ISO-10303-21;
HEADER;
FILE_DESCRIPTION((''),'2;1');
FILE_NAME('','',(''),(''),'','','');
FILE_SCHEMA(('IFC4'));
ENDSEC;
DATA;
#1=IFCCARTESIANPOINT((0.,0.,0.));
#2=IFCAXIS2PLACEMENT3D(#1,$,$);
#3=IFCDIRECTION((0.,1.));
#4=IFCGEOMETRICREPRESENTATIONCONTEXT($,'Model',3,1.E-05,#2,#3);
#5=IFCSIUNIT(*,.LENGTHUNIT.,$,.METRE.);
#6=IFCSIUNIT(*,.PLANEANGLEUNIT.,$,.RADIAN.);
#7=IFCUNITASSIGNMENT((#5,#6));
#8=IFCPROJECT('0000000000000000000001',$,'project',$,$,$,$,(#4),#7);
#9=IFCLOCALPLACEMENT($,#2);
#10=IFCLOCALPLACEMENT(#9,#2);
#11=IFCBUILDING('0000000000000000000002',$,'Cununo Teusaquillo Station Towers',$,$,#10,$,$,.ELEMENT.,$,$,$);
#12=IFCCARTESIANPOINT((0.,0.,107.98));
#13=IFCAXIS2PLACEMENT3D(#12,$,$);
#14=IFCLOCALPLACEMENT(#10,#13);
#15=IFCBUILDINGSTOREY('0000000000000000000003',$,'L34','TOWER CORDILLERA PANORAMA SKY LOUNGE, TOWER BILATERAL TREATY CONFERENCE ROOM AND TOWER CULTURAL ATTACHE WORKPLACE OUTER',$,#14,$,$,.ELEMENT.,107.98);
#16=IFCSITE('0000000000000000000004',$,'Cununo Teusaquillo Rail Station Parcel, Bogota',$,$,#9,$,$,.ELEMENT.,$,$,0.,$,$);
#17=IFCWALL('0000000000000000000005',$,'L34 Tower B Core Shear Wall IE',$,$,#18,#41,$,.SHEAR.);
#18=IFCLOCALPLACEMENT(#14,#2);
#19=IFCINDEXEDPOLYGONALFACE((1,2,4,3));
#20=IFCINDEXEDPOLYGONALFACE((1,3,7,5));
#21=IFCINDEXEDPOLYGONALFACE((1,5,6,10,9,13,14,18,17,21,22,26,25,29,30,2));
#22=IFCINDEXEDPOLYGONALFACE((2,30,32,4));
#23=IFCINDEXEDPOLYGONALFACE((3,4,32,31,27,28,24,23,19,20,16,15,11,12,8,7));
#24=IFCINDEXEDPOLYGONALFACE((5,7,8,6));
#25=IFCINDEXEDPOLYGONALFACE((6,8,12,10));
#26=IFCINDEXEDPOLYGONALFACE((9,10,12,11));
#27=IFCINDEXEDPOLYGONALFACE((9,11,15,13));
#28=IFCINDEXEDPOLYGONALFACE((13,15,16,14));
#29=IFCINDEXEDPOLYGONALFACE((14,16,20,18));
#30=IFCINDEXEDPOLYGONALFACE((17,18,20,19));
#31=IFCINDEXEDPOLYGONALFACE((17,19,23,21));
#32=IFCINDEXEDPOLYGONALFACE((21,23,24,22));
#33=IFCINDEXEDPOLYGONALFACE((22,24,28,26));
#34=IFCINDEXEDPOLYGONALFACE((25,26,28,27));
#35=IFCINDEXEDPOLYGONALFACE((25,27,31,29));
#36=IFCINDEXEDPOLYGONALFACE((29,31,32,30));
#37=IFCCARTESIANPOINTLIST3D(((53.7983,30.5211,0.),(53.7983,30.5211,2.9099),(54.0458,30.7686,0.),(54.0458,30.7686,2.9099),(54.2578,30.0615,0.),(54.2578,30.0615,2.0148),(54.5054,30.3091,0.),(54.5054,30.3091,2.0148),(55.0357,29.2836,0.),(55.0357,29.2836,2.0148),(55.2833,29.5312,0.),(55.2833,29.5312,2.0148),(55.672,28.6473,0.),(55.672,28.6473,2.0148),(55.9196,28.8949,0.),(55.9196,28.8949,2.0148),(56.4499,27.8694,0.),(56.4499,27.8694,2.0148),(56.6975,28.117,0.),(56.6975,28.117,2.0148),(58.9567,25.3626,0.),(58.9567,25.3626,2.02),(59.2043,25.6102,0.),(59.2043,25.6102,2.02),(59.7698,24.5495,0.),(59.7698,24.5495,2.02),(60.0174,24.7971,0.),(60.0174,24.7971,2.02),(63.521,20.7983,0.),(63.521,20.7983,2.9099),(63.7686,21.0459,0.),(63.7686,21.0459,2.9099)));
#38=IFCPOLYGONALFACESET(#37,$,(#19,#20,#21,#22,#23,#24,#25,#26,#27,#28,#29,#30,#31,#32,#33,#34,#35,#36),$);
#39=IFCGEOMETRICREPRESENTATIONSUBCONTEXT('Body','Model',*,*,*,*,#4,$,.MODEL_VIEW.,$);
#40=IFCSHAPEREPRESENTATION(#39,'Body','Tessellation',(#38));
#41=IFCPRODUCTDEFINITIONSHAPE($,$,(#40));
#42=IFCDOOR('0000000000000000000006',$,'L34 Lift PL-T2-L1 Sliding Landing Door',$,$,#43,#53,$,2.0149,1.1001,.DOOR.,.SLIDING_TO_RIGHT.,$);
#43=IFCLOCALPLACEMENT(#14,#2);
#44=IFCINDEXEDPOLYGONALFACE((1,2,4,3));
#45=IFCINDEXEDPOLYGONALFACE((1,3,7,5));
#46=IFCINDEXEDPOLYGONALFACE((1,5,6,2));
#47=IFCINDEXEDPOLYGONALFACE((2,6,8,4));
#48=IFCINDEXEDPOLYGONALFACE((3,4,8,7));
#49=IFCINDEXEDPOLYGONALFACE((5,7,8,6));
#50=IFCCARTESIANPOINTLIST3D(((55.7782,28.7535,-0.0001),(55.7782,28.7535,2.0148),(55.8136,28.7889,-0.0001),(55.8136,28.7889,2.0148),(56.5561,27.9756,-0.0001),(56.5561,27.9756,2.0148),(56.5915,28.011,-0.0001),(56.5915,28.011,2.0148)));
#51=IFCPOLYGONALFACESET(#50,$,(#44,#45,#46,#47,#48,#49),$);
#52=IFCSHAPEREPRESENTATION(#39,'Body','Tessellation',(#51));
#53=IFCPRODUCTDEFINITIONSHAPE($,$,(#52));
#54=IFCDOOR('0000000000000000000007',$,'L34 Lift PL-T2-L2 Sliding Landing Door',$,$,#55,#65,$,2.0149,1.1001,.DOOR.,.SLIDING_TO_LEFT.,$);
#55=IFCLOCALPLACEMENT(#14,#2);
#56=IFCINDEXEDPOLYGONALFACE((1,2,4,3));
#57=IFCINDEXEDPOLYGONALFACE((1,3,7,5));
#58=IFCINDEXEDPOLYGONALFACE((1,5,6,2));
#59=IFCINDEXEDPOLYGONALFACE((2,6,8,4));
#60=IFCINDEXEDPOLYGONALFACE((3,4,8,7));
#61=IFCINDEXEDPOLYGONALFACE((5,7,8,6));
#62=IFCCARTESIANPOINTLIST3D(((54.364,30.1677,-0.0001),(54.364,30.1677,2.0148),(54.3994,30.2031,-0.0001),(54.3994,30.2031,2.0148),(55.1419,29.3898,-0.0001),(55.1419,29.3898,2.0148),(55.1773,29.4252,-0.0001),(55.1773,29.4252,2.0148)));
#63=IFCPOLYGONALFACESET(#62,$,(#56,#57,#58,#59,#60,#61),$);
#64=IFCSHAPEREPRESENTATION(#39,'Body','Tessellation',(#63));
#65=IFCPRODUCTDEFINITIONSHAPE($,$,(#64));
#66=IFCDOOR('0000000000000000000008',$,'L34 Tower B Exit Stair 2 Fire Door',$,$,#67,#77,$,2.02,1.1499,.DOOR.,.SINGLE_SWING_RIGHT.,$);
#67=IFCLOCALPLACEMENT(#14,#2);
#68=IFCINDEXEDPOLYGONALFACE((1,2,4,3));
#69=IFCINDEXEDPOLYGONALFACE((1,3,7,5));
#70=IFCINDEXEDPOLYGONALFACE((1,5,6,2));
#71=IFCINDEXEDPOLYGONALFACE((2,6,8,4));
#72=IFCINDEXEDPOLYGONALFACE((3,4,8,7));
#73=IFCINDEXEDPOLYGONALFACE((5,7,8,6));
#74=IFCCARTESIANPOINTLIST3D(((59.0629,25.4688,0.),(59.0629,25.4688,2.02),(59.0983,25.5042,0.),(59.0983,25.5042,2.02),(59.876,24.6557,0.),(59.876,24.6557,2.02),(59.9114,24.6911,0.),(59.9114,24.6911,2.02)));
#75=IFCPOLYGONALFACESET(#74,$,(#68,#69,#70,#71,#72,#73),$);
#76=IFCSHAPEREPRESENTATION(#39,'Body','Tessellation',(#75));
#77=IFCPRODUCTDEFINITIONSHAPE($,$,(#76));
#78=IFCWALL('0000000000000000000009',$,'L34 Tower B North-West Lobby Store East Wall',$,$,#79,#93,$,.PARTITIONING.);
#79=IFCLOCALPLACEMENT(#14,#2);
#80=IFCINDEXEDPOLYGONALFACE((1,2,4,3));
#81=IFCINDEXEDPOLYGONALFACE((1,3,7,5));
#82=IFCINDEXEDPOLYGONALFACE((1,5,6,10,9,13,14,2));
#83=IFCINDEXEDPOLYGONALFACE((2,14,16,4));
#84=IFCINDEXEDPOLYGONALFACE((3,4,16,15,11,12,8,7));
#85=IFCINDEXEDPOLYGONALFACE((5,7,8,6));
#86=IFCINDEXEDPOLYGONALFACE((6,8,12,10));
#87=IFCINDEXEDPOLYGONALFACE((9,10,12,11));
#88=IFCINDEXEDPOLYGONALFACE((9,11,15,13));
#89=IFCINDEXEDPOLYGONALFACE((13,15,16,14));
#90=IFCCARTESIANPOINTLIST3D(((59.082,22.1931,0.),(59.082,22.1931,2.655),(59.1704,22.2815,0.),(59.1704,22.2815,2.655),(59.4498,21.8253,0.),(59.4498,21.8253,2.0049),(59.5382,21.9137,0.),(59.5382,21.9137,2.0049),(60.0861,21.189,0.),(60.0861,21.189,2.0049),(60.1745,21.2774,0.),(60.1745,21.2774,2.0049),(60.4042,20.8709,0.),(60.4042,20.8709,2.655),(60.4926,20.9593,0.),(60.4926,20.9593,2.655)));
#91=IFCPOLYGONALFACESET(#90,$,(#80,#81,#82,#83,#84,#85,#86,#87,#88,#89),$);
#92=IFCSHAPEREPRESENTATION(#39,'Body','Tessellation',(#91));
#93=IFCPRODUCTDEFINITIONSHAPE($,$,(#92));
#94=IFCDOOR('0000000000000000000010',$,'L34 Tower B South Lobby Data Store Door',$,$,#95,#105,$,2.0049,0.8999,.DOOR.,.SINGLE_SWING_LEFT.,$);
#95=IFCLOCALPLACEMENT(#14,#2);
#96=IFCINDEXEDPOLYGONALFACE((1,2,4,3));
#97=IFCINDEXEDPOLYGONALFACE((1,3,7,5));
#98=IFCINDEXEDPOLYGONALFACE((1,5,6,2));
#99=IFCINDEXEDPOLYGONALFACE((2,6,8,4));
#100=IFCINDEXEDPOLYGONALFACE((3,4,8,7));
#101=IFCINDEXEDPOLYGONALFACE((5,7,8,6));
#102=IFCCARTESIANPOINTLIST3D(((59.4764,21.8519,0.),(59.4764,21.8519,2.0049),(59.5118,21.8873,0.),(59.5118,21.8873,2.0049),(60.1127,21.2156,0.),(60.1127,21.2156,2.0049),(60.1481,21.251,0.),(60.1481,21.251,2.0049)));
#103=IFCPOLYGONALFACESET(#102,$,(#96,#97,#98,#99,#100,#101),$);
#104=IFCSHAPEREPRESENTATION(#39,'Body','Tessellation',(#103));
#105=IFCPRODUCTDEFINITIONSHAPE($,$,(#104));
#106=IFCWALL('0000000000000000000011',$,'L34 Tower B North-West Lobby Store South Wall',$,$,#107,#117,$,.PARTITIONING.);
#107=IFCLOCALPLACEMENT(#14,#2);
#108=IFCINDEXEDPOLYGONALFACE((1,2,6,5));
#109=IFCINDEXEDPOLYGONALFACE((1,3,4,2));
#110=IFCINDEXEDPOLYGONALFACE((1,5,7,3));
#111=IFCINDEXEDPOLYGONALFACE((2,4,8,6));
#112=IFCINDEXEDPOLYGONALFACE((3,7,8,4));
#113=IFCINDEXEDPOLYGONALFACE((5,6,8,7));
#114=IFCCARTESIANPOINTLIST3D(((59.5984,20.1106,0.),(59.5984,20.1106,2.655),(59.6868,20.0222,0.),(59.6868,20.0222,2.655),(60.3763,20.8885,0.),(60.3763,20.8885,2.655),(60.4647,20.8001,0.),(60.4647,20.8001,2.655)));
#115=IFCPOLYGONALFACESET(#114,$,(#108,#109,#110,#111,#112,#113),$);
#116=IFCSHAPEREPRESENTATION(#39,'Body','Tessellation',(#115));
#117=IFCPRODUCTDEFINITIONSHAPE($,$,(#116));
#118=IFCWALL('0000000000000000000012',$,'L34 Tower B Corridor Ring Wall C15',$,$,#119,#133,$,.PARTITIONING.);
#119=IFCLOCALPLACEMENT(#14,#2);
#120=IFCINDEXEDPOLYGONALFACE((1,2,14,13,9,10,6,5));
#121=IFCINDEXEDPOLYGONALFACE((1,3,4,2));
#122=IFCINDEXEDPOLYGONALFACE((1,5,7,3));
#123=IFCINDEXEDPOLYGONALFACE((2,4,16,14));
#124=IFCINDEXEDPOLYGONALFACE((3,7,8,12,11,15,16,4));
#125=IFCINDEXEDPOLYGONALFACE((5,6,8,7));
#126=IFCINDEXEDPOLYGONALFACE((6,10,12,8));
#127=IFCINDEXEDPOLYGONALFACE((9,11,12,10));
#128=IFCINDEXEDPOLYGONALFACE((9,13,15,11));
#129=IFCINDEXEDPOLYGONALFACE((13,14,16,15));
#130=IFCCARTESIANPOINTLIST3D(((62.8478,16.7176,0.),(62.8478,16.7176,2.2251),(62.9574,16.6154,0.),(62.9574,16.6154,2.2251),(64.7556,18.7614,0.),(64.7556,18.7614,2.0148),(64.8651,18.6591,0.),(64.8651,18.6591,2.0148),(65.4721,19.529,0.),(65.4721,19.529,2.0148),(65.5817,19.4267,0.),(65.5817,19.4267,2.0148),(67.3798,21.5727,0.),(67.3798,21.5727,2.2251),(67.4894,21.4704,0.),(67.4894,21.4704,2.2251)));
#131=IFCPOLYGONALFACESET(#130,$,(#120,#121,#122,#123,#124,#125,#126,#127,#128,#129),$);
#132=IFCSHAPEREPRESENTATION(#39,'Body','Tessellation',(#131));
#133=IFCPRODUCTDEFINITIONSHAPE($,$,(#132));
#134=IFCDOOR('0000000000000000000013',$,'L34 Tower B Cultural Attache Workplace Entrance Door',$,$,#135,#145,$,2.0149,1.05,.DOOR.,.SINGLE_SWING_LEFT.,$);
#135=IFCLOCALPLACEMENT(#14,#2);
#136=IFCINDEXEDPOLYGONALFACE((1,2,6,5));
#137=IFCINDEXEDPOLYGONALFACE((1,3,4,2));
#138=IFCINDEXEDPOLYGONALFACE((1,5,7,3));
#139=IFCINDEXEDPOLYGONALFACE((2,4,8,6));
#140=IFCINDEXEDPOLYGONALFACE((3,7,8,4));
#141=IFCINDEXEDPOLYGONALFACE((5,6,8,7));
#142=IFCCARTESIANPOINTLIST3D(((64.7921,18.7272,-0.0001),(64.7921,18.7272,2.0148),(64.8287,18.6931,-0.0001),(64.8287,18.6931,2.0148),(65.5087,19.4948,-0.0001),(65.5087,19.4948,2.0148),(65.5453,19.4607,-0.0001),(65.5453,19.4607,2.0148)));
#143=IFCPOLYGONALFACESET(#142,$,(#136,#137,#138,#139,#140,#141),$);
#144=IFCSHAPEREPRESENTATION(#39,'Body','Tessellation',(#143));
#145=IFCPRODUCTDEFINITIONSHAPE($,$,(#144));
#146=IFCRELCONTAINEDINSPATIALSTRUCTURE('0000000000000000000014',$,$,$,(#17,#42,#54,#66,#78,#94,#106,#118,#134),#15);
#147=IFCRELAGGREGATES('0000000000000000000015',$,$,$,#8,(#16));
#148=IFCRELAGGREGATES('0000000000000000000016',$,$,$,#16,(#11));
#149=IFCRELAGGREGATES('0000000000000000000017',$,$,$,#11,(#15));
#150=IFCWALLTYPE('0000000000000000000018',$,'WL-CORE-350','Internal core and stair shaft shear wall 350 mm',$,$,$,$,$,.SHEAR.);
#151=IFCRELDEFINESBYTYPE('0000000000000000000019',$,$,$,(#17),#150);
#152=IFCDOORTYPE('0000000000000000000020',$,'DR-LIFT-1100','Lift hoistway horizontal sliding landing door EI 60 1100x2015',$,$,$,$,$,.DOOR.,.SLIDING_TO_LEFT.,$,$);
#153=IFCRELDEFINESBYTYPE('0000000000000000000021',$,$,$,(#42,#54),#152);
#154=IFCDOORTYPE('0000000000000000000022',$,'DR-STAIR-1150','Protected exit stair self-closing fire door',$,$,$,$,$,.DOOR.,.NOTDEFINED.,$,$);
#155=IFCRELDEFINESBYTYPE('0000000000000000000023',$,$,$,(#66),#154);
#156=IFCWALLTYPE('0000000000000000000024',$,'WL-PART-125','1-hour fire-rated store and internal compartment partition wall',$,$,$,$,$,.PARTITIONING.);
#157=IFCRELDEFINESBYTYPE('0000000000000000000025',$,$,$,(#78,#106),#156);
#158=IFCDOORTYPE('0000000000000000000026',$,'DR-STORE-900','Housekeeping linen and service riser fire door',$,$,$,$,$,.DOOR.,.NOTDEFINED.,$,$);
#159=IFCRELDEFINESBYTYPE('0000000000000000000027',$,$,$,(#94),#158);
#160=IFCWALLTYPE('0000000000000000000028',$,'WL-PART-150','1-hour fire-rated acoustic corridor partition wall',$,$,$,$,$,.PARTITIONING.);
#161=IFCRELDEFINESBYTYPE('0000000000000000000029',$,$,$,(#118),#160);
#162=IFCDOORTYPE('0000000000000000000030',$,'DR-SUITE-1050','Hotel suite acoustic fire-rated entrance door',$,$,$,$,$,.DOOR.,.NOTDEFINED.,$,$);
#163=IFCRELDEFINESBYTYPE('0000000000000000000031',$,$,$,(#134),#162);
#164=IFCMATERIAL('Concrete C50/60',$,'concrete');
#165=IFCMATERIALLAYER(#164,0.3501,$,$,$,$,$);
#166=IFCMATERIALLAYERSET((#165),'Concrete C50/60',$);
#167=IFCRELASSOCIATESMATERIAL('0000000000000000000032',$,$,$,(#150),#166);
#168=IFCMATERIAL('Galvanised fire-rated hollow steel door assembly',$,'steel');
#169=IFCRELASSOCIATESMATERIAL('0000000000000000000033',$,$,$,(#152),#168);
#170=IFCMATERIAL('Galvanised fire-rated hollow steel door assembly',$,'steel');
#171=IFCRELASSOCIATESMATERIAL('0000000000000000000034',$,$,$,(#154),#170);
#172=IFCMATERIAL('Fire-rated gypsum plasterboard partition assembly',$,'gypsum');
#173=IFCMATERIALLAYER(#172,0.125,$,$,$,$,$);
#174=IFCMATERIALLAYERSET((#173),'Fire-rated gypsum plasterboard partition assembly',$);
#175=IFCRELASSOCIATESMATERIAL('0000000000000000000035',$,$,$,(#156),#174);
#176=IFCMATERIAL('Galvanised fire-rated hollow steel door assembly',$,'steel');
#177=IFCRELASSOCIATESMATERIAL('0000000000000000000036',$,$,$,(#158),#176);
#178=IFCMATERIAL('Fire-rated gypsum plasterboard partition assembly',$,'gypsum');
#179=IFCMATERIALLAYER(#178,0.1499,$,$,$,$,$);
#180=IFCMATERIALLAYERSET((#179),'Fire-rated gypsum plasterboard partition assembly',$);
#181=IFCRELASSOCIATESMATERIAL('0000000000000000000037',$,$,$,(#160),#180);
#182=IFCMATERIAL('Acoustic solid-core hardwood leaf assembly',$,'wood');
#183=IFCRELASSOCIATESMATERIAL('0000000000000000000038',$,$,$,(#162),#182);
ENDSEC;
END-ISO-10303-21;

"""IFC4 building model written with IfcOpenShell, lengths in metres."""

from ifc_helpers import new_model, si_unit, direction, frame, frame_2d, origin, place, context, subcontext, project, spatial, rectangle, extrude, source, transform, mapped, material, layer, layer_set, type_object, element, fill, save


model = new_model("IFC4")

# Units and contexts
model_context = context("Model", 3, precision=1e-05, world=origin(), true_north=direction((0.0, 1.0)))
body_context = subcontext(model_context, "Body", "Model", "MODEL_VIEW")
ifc_project = project(units=[si_unit("LENGTHUNIT", "METRE"), si_unit("PLANEANGLEUNIT", "RADIAN")], contexts=[model_context])

# Site, building, storey
site_placement = place(None, origin())
site = spatial("IfcSite", under=ifc_project, at=site_placement, Name="Cununo Teusaquillo Rail Station Parcel, Bogota", CompositionType="ELEMENT", RefElevation=0.0)
building_placement = place(site_placement, origin())
building = spatial("IfcBuilding", under=site, at=building_placement, Name="Cununo Teusaquillo Station Towers", CompositionType="ELEMENT")
storey_placement = place(building_placement, frame((0.0, 0.0, 107.98)))
storey = spatial("IfcBuildingStorey", under=building, at=storey_placement, Name="L34", Description="TOWER CORDILLERA PANORAMA SKY LOUNGE, TOWER BILATERAL TREATY CONFERENCE ROOM AND TOWER CULTURAL ATTACHE WORKPLACE OUTER", CompositionType="ELEMENT", Elevation=107.98)

# Wall, openings, doors
ifc_material_1 = material(Name="Concrete C50/60", Category="concrete")
ifc_layer_1 = layer(ifc_material_1, 0.3501)
ifc_layer_set_1 = layer_set([ifc_layer_1], Name="Concrete C50/60")
wall_type_1 = type_object("IfcWallType", Name="WL-CORE-350", Description="Internal core and stair shaft shear wall 350 mm", PredefinedType="SHEAR", material=ifc_layer_set_1)
shared_shape_1 = source(origin(), body_context, "Body", "SweptSolid", [
    extrude(rectangle(XDim=1.1001, YDim=2.0149, at=frame_2d((0.55, 1.0073))), frame((0.0, 0.1851, 0.0), z_axis=(0.0, -1.0, 0.0), x_axis=(1.0, 0.0, 0.0)), (0.0, 0.0, 1.0), 0.3701),
])
shared_shape_2 = source(origin(), body_context, "Body", "SweptSolid", [
    extrude(rectangle(XDim=1.1499, YDim=2.02, at=frame_2d((0.575, 1.01))), frame((0.0, 0.1851, 0.0), z_axis=(0.0, -1.0, 0.0), x_axis=(1.0, 0.0, 0.0)), (0.0, 0.0, 1.0), 0.3701),
])
ifc_material_2 = material(Name="Galvanised fire-rated hollow steel door assembly", Category="steel")
door_type_1 = type_object("IfcDoorType", Name="DR-LIFT-1100", Description="Lift hoistway horizontal sliding landing door EI 60 1100x2015", OperationType="SLIDING_TO_LEFT", PredefinedType="DOOR", material=ifc_material_2)
shared_shape_3 = source(origin(), body_context, "Body", "SweptSolid", [
    extrude(rectangle(XDim=1.1001, YDim=2.0149, at=frame_2d((0.55, 1.0073))), frame((0.0, 0.0249, 0.0), z_axis=(0.0, -1.0, 0.0), x_axis=(1.0, 0.0, 0.0)), (0.0, 0.0, 1.0), 0.05),
])
ifc_material_3 = material(Name="Galvanised fire-rated hollow steel door assembly", Category="steel")
door_type_2 = type_object("IfcDoorType", Name="DR-STAIR-1150", Description="Protected exit stair self-closing fire door", OperationType="NOTDEFINED", PredefinedType="DOOR", material=ifc_material_3)
shared_shape_4 = source(origin(), body_context, "Body", "SweptSolid", [
    extrude(rectangle(XDim=1.1499, YDim=2.02, at=frame_2d((0.575, 1.01))), frame((0.0, 0.0249, 0.0), z_axis=(0.0, -1.0, 0.0), x_axis=(1.0, 0.0, 0.0)), (0.0, 0.0, 1.0), 0.05),
])
wall_1_placement = place(storey_placement, frame((63.6448, 20.9221, 0.0), z_axis=(0.0, 0.0, 1.0), x_axis=(-0.707107, 0.707107, 0.0)))
wall_1 = element("IfcWall", 1, at=wall_1_placement, inside=storey, type_object=wall_type_1, Name="L34 Tower B Core Shear Wall IE", PredefinedType="SHEAR", context=body_context, shape_type="SweptSolid", body=[
    extrude(rectangle(XDim=13.75, YDim=0.3501, at=frame_2d((6.875, 0.0))), origin(), (0.0, 0.0, 1.0), 2.9099),
])
opening_1_placement = place(wall_1_placement, frame((10.0, 0.0, 0.0)))
opening_1 = element("IfcOpeningElement", 2, at=opening_1_placement, cuts=wall_1, PredefinedType="OPENING", context=body_context, shape_type="MappedRepresentation", body=[
    mapped(shared_shape_1, transform((0.0, 0.0, 0.0), x_axis=(1.0, 0.0, 0.0), y_axis=(0.0, 1.0, 0.0), z_axis=(0.0, 0.0, 1.0), scale=1.0)),
])
opening_2_placement = place(wall_1_placement, frame((12.0, 0.0, 0.0)))
opening_2 = element("IfcOpeningElement", 3, at=opening_2_placement, cuts=wall_1, PredefinedType="OPENING", context=body_context, shape_type="MappedRepresentation", body=[
    mapped(shared_shape_1, transform((0.0, 0.0, 0.0), x_axis=(1.0, 0.0, 0.0), y_axis=(0.0, 1.0, 0.0), z_axis=(0.0, 0.0, 1.0), scale=1.0)),
])
opening_3_placement = place(wall_1_placement, frame((5.3049, 0.0, 0.0)))
opening_3 = element("IfcOpeningElement", 4, at=opening_3_placement, cuts=wall_1, PredefinedType="OPENING", context=body_context, shape_type="MappedRepresentation", body=[
    mapped(shared_shape_2, transform((0.0, 0.0, 0.0), x_axis=(1.0, 0.0, 0.0), y_axis=(0.0, 1.0, 0.0), z_axis=(0.0, 0.0, 1.0), scale=1.0)),
])
door_1_placement = place(opening_1_placement, origin())
door_1 = element("IfcDoor", 5, at=door_1_placement, inside=storey, type_object=door_type_1, Name="L34 Lift PL-T2-L1 Sliding Landing Door", OperationType="SLIDING_TO_RIGHT", OverallHeight=2.0149, OverallWidth=1.1001, PredefinedType="DOOR", context=body_context, shape_type="MappedRepresentation", body=[
    mapped(shared_shape_3, transform((0.0, 0.0, 0.0), x_axis=(1.0, 0.0, 0.0), y_axis=(0.0, 1.0, 0.0), z_axis=(0.0, 0.0, 1.0), scale=1.0)),
])
fill(opening_1, door_1)
door_2_placement = place(opening_2_placement, origin())
door_2 = element("IfcDoor", 6, at=door_2_placement, inside=storey, type_object=door_type_1, Name="L34 Lift PL-T2-L2 Sliding Landing Door", OperationType="SLIDING_TO_LEFT", OverallHeight=2.0149, OverallWidth=1.1001, PredefinedType="DOOR", context=body_context, shape_type="MappedRepresentation", body=[
    mapped(shared_shape_3, transform((0.0, 0.0, 0.0), x_axis=(1.0, 0.0, 0.0), y_axis=(0.0, 1.0, 0.0), z_axis=(0.0, 0.0, 1.0), scale=1.0)),
])
fill(opening_2, door_2)
door_3_placement = place(opening_3_placement, origin())
door_3 = element("IfcDoor", 7, at=door_3_placement, inside=storey, type_object=door_type_2, Name="L34 Tower B Exit Stair 2 Fire Door", OperationType="SINGLE_SWING_RIGHT", OverallHeight=2.02, OverallWidth=1.1499, PredefinedType="DOOR", context=body_context, shape_type="MappedRepresentation", body=[
    mapped(shared_shape_4, transform((0.0, 0.0, 0.0), x_axis=(1.0, 0.0, 0.0), y_axis=(0.0, 1.0, 0.0), z_axis=(0.0, 0.0, 1.0), scale=1.0)),
])
fill(opening_3, door_3)

# Wall, opening, door
ifc_material_4 = material(Name="Fire-rated gypsum plasterboard partition assembly", Category="gypsum")
ifc_layer_2 = layer(ifc_material_4, 0.125)
ifc_layer_set_2 = layer_set([ifc_layer_2], Name="Fire-rated gypsum plasterboard partition assembly")
wall_type_2 = type_object("IfcWallType", Name="WL-PART-125", Description="1-hour fire-rated store and internal compartment partition wall", PredefinedType="PARTITIONING", material=ifc_layer_set_2)
wall_2_placement = place(storey_placement, frame((60.4485, 20.915, 0.0), z_axis=(0.0, 0.0, 1.0), x_axis=(-0.707107, 0.707107, 0.0)))
wall_2 = element("IfcWall", 8, at=wall_2_placement, inside=storey, type_object=wall_type_2, Name="L34 Tower B North-West Lobby Store East Wall", PredefinedType="PARTITIONING", context=body_context, shape_type="SweptSolid", body=[
    extrude(rectangle(XDim=1.8699, YDim=0.125, at=frame_2d((0.9351, 0.0))), origin(), (0.0, 0.0, 1.0), 2.655),
])
shared_shape_5 = source(origin(), body_context, "Body", "SweptSolid", [
    extrude(rectangle(XDim=0.8999, YDim=2.0049, at=frame_2d((0.45, 1.0024))), frame((0.0, 0.0725, 0.0), z_axis=(0.0, -1.0, 0.0), x_axis=(1.0, 0.0, 0.0)), (0.0, 0.0, 1.0), 0.145),
])
opening_4_placement = place(wall_2_placement, frame((0.45, 0.0, 0.0)))
opening_4 = element("IfcOpeningElement", 9, at=opening_4_placement, cuts=wall_2, PredefinedType="OPENING", context=body_context, shape_type="MappedRepresentation", body=[
    mapped(shared_shape_5, transform((0.0, 0.0, 0.0), x_axis=(1.0, 0.0, 0.0), y_axis=(0.0, 1.0, 0.0), z_axis=(0.0, 0.0, 1.0), scale=1.0)),
])
ifc_material_5 = material(Name="Galvanised fire-rated hollow steel door assembly", Category="steel")
door_type_3 = type_object("IfcDoorType", Name="DR-STORE-900", Description="Housekeeping linen and service riser fire door", OperationType="NOTDEFINED", PredefinedType="DOOR", material=ifc_material_5)
shared_shape_6 = source(origin(), body_context, "Body", "SweptSolid", [
    extrude(rectangle(XDim=0.8999, YDim=2.0049, at=frame_2d((0.45, 1.0024))), frame((0.0, 0.0249, 0.0), z_axis=(0.0, -1.0, 0.0), x_axis=(1.0, 0.0, 0.0)), (0.0, 0.0, 1.0), 0.05),
])
door_4_placement = place(opening_4_placement, origin())
door_4 = element("IfcDoor", 10, at=door_4_placement, inside=storey, type_object=door_type_3, Name="L34 Tower B South Lobby Data Store Door", OperationType="SINGLE_SWING_LEFT", OverallHeight=2.0049, OverallWidth=0.8999, PredefinedType="DOOR", context=body_context, shape_type="MappedRepresentation", body=[
    mapped(shared_shape_6, transform((0.0, 0.0, 0.0), x_axis=(1.0, 0.0, 0.0), y_axis=(0.0, 1.0, 0.0), z_axis=(0.0, 0.0, 1.0), scale=1.0)),
])
fill(opening_4, door_4)

# Wall
wall_3_placement = place(storey_placement, frame((59.6426, 20.0664, 0.0), z_axis=(0.0, 0.0, 1.0), x_axis=(0.707107, 0.707107, 0.0)))
element("IfcWall", 11, at=wall_3_placement, inside=storey, type_object=wall_type_2, Name="L34 Tower B North-West Lobby Store South Wall", PredefinedType="PARTITIONING", context=body_context, shape_type="SweptSolid", body=[
    extrude(rectangle(XDim=1.1001, YDim=0.125, at=frame_2d((0.55, 0.0))), origin(), (0.0, 0.0, 1.0), 2.655),
])

# Wall, opening, door
ifc_material_6 = material(Name="Fire-rated gypsum plasterboard partition assembly", Category="gypsum")
ifc_layer_3 = layer(ifc_material_6, 0.1499)
ifc_layer_set_3 = layer_set([ifc_layer_3], Name="Fire-rated gypsum plasterboard partition assembly")
wall_type_3 = type_object("IfcWallType", Name="WL-PART-150", Description="1-hour fire-rated acoustic corridor partition wall", PredefinedType="PARTITIONING", material=ifc_layer_set_3)
wall_4_placement = place(storey_placement, frame((62.9026, 16.6665, 0.0), z_axis=(0.0, 0.0, 1.0), x_axis=(0.682372, 0.731005, 0.0)))
wall_4 = element("IfcWall", 12, at=wall_4_placement, inside=storey, type_object=wall_type_3, Name="L34 Tower B Corridor Ring Wall C15", PredefinedType="PARTITIONING", context=body_context, shape_type="SweptSolid", body=[
    extrude(rectangle(XDim=6.6416, YDim=0.1499, at=frame_2d((3.3208, 0.0))), origin(), (0.0, 0.0, 1.0), 2.2251),
])
shared_shape_7 = source(origin(), body_context, "Body", "SweptSolid", [
    extrude(rectangle(XDim=1.05, YDim=2.0149, at=frame_2d((0.5249, 1.0073))), frame((0.0, 0.085, 0.0), z_axis=(0.0, -1.0, 0.0), x_axis=(1.0, 0.0, 0.0)), (0.0, 0.0, 1.0), 0.1699),
])
opening_5_placement = place(wall_4_placement, frame((2.7959, 0.0, 0.0)))
opening_5 = element("IfcOpeningElement", 13, at=opening_5_placement, cuts=wall_4, PredefinedType="OPENING", context=body_context, shape_type="MappedRepresentation", body=[
    mapped(shared_shape_7, transform((0.0, 0.0, 0.0), x_axis=(1.0, 0.0, 0.0), y_axis=(0.0, 1.0, 0.0), z_axis=(0.0, 0.0, 1.0), scale=1.0)),
])
ifc_material_7 = material(Name="Acoustic solid-core hardwood leaf assembly", Category="wood")
door_type_4 = type_object("IfcDoorType", Name="DR-SUITE-1050", Description="Hotel suite acoustic fire-rated entrance door", OperationType="NOTDEFINED", PredefinedType="DOOR", material=ifc_material_7)
shared_shape_8 = source(origin(), body_context, "Body", "SweptSolid", [
    extrude(rectangle(XDim=1.05, YDim=2.0149, at=frame_2d((0.5249, 1.0073))), frame((0.0, 0.0249, 0.0), z_axis=(0.0, -1.0, 0.0), x_axis=(1.0, 0.0, 0.0)), (0.0, 0.0, 1.0), 0.05),
])
door_5_placement = place(opening_5_placement, origin())
door_5 = element("IfcDoor", 14, at=door_5_placement, inside=storey, type_object=door_type_4, Name="L34 Tower B Cultural Attache Workplace Entrance Door", OperationType="SINGLE_SWING_LEFT", OverallHeight=2.0149, OverallWidth=1.05, PredefinedType="DOOR", context=body_context, shape_type="MappedRepresentation", body=[
    mapped(shared_shape_8, transform((0.0, 0.0, 0.0), x_axis=(1.0, 0.0, 0.0), y_axis=(0.0, 1.0, 0.0), z_axis=(0.0, 0.0, 1.0), scale=1.0)),
])
fill(opening_5, door_5)

save(model, "model.ifc")
